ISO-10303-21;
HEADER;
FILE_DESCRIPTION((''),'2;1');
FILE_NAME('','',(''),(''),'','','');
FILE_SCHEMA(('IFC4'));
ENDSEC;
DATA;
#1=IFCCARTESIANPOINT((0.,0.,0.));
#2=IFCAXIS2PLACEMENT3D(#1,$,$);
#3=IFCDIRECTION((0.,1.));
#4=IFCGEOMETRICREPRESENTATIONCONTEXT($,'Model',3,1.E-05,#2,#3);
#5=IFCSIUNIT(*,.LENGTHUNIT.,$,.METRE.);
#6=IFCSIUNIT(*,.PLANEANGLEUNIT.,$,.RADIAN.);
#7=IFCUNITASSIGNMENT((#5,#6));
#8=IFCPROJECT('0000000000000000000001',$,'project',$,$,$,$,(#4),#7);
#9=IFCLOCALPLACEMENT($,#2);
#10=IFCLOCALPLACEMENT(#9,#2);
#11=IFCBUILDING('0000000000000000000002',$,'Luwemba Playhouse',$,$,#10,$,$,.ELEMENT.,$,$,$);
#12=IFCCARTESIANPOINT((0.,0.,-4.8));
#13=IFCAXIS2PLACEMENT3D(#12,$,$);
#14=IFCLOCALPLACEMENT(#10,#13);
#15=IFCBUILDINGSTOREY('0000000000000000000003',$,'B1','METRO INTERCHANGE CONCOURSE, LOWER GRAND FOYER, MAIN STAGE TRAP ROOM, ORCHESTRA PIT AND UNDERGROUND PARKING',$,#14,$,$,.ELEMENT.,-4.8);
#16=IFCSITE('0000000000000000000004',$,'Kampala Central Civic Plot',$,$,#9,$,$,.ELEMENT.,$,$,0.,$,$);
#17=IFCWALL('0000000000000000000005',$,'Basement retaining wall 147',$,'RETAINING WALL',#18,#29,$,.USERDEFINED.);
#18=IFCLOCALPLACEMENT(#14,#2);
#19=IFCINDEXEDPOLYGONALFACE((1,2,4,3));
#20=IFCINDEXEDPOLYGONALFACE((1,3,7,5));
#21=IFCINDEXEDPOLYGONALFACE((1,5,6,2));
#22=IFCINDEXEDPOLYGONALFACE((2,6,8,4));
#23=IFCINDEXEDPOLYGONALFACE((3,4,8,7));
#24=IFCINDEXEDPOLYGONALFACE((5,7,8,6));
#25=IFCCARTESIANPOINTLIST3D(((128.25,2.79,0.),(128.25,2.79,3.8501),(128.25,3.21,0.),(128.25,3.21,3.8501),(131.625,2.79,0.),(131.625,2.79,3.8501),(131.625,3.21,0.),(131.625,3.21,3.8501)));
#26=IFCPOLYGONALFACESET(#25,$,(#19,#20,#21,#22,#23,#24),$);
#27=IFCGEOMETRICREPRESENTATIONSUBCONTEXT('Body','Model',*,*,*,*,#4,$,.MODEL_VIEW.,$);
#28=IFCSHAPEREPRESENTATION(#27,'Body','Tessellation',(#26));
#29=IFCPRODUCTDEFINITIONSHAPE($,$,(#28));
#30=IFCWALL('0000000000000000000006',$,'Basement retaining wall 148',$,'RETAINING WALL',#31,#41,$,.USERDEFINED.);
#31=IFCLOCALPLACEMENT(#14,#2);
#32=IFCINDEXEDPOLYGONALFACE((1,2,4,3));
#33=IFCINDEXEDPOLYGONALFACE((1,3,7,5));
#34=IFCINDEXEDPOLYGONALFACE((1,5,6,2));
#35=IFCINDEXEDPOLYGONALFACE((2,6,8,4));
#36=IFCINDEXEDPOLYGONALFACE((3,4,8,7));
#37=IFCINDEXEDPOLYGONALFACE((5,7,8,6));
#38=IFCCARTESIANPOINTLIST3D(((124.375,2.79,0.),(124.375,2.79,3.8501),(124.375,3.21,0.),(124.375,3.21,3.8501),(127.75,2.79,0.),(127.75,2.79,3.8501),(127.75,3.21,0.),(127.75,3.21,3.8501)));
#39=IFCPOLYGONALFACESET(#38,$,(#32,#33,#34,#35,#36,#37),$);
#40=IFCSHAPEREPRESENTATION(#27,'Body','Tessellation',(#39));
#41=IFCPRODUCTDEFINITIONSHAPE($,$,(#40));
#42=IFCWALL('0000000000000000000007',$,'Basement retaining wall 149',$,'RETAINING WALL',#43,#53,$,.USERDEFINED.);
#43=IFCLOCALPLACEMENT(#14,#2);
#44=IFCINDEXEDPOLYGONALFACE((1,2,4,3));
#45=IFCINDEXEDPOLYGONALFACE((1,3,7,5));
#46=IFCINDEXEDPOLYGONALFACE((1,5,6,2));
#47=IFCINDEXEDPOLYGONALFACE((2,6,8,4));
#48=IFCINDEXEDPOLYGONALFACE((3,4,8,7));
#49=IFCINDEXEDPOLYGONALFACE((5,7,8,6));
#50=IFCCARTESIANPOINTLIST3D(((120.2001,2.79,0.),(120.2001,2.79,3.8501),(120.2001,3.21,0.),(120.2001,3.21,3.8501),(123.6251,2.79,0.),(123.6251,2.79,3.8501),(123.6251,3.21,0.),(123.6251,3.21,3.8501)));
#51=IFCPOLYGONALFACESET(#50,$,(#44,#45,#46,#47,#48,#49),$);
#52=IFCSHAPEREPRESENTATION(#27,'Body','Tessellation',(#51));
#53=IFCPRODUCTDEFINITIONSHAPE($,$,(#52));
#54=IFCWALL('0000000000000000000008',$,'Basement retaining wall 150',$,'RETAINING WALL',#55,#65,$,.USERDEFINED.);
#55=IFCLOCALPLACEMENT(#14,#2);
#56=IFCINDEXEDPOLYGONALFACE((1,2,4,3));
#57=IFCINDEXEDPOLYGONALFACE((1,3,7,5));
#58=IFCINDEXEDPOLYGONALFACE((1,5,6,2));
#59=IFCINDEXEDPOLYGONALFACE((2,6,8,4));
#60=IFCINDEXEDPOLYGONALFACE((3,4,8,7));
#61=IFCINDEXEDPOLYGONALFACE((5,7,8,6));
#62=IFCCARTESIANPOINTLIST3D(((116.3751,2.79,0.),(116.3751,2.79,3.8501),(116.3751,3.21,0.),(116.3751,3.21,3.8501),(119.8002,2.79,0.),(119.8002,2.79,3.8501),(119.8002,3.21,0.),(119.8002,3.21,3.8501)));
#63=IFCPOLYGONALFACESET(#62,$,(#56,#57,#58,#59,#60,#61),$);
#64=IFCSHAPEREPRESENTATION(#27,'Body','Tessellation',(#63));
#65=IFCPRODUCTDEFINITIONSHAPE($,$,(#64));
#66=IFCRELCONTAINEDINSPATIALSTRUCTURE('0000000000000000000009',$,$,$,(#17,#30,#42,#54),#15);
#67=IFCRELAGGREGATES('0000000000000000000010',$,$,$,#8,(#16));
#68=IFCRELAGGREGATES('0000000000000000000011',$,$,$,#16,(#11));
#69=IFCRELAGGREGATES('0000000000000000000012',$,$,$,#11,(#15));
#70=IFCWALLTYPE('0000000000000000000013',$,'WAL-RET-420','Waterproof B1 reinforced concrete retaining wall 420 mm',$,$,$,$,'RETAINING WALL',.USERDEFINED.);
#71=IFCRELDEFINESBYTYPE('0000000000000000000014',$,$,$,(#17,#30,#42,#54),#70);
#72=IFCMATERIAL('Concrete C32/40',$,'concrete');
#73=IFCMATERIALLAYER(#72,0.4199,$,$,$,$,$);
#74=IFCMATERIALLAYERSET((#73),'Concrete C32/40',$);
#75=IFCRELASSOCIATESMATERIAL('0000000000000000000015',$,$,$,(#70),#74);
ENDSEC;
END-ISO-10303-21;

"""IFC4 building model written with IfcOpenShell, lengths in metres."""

from ifc_helpers import new_model, si_unit, direction, frame, frame_2d, origin, place, context, subcontext, project, spatial, rectangle, extrude, material, layer, layer_set, type_object, element, save


model = new_model("IFC4")

# Units and contexts
model_context = context("Model", 3, precision=1e-05, world=origin(), true_north=direction((0.0, 1.0)))
body_context = subcontext(model_context, "Body", "Model", "MODEL_VIEW")
ifc_project = project(units=[si_unit("LENGTHUNIT", "METRE"), si_unit("PLANEANGLEUNIT", "RADIAN")], contexts=[model_context])

# Site, building, storey
site_placement = place(None, origin())
site = spatial("IfcSite", under=ifc_project, at=site_placement, Name="Kampala Central Civic Plot", CompositionType="ELEMENT", RefElevation=0.0)
building_placement = place(site_placement, origin())
building = spatial("IfcBuilding", under=site, at=building_placement, Name="Luwemba Playhouse", CompositionType="ELEMENT")
storey_placement = place(building_placement, frame((0.0, 0.0, -4.8)))
storey = spatial("IfcBuildingStorey", under=building, at=storey_placement, Name="B1", Description="METRO INTERCHANGE CONCOURSE, LOWER GRAND FOYER, MAIN STAGE TRAP ROOM, ORCHESTRA PIT AND UNDERGROUND PARKING", CompositionType="ELEMENT", Elevation=-4.8)

# Shared definitions
ifc_material_1 = material(Name="Concrete C32/40", Category="concrete")

# Walls
ifc_layer_1 = layer(ifc_material_1, 0.4199)
ifc_layer_set_1 = layer_set([ifc_layer_1], Name="Concrete C32/40")
wall_type = type_object("IfcWallType", Name="WAL-RET-420", Description="Waterproof B1 reinforced concrete retaining wall 420 mm", ElementType="RETAINING WALL", PredefinedType="USERDEFINED", material=ifc_layer_set_1)
for number, where, z_axis, x_axis, name in (
    (1, (131.625, 3.0, 0.0), (0.0, 0.0, 1.0), (-1.0, 0.0, 0.0), "Basement retaining wall 147"),
    (2, (127.75, 3.0, 0.0), (0.0, 0.0, 1.0), (-1.0, 0.0, 0.0), "Basement retaining wall 148"),
):
    element("IfcWall", number, at=place(storey_placement, frame(where, z_axis=z_axis, x_axis=x_axis)), inside=storey, type_object=wall_type, Name=name, ObjectType="RETAINING WALL", PredefinedType="USERDEFINED", context=body_context, shape_type="SweptSolid", body=[
        extrude(rectangle(XDim=3.375, YDim=0.4199, at=frame_2d((1.6875, 0.0))), origin(), (0.0, 0.0, 1.0), 3.8501),
    ])
for number, where, z_axis, x_axis, name in (
    (3, (123.625, 3.0, 0.0), (0.0, 0.0, 1.0), (-1.0, 0.0, 0.0), "Basement retaining wall 149"),
    (4, (119.8, 3.0, 0.0), (0.0, 0.0, 1.0), (-1.0, 0.0, 0.0), "Basement retaining wall 150"),
):
    element("IfcWall", number, at=place(storey_placement, frame(where, z_axis=z_axis, x_axis=x_axis)), inside=storey, type_object=wall_type, Name=name, ObjectType="RETAINING WALL", PredefinedType="USERDEFINED", context=body_context, shape_type="SweptSolid", body=[
        extrude(rectangle(XDim=3.425, YDim=0.4199, at=frame_2d((1.7124, 0.0))), origin(), (0.0, 0.0, 1.0), 3.8501),
    ])

save(model, "model.ifc")
